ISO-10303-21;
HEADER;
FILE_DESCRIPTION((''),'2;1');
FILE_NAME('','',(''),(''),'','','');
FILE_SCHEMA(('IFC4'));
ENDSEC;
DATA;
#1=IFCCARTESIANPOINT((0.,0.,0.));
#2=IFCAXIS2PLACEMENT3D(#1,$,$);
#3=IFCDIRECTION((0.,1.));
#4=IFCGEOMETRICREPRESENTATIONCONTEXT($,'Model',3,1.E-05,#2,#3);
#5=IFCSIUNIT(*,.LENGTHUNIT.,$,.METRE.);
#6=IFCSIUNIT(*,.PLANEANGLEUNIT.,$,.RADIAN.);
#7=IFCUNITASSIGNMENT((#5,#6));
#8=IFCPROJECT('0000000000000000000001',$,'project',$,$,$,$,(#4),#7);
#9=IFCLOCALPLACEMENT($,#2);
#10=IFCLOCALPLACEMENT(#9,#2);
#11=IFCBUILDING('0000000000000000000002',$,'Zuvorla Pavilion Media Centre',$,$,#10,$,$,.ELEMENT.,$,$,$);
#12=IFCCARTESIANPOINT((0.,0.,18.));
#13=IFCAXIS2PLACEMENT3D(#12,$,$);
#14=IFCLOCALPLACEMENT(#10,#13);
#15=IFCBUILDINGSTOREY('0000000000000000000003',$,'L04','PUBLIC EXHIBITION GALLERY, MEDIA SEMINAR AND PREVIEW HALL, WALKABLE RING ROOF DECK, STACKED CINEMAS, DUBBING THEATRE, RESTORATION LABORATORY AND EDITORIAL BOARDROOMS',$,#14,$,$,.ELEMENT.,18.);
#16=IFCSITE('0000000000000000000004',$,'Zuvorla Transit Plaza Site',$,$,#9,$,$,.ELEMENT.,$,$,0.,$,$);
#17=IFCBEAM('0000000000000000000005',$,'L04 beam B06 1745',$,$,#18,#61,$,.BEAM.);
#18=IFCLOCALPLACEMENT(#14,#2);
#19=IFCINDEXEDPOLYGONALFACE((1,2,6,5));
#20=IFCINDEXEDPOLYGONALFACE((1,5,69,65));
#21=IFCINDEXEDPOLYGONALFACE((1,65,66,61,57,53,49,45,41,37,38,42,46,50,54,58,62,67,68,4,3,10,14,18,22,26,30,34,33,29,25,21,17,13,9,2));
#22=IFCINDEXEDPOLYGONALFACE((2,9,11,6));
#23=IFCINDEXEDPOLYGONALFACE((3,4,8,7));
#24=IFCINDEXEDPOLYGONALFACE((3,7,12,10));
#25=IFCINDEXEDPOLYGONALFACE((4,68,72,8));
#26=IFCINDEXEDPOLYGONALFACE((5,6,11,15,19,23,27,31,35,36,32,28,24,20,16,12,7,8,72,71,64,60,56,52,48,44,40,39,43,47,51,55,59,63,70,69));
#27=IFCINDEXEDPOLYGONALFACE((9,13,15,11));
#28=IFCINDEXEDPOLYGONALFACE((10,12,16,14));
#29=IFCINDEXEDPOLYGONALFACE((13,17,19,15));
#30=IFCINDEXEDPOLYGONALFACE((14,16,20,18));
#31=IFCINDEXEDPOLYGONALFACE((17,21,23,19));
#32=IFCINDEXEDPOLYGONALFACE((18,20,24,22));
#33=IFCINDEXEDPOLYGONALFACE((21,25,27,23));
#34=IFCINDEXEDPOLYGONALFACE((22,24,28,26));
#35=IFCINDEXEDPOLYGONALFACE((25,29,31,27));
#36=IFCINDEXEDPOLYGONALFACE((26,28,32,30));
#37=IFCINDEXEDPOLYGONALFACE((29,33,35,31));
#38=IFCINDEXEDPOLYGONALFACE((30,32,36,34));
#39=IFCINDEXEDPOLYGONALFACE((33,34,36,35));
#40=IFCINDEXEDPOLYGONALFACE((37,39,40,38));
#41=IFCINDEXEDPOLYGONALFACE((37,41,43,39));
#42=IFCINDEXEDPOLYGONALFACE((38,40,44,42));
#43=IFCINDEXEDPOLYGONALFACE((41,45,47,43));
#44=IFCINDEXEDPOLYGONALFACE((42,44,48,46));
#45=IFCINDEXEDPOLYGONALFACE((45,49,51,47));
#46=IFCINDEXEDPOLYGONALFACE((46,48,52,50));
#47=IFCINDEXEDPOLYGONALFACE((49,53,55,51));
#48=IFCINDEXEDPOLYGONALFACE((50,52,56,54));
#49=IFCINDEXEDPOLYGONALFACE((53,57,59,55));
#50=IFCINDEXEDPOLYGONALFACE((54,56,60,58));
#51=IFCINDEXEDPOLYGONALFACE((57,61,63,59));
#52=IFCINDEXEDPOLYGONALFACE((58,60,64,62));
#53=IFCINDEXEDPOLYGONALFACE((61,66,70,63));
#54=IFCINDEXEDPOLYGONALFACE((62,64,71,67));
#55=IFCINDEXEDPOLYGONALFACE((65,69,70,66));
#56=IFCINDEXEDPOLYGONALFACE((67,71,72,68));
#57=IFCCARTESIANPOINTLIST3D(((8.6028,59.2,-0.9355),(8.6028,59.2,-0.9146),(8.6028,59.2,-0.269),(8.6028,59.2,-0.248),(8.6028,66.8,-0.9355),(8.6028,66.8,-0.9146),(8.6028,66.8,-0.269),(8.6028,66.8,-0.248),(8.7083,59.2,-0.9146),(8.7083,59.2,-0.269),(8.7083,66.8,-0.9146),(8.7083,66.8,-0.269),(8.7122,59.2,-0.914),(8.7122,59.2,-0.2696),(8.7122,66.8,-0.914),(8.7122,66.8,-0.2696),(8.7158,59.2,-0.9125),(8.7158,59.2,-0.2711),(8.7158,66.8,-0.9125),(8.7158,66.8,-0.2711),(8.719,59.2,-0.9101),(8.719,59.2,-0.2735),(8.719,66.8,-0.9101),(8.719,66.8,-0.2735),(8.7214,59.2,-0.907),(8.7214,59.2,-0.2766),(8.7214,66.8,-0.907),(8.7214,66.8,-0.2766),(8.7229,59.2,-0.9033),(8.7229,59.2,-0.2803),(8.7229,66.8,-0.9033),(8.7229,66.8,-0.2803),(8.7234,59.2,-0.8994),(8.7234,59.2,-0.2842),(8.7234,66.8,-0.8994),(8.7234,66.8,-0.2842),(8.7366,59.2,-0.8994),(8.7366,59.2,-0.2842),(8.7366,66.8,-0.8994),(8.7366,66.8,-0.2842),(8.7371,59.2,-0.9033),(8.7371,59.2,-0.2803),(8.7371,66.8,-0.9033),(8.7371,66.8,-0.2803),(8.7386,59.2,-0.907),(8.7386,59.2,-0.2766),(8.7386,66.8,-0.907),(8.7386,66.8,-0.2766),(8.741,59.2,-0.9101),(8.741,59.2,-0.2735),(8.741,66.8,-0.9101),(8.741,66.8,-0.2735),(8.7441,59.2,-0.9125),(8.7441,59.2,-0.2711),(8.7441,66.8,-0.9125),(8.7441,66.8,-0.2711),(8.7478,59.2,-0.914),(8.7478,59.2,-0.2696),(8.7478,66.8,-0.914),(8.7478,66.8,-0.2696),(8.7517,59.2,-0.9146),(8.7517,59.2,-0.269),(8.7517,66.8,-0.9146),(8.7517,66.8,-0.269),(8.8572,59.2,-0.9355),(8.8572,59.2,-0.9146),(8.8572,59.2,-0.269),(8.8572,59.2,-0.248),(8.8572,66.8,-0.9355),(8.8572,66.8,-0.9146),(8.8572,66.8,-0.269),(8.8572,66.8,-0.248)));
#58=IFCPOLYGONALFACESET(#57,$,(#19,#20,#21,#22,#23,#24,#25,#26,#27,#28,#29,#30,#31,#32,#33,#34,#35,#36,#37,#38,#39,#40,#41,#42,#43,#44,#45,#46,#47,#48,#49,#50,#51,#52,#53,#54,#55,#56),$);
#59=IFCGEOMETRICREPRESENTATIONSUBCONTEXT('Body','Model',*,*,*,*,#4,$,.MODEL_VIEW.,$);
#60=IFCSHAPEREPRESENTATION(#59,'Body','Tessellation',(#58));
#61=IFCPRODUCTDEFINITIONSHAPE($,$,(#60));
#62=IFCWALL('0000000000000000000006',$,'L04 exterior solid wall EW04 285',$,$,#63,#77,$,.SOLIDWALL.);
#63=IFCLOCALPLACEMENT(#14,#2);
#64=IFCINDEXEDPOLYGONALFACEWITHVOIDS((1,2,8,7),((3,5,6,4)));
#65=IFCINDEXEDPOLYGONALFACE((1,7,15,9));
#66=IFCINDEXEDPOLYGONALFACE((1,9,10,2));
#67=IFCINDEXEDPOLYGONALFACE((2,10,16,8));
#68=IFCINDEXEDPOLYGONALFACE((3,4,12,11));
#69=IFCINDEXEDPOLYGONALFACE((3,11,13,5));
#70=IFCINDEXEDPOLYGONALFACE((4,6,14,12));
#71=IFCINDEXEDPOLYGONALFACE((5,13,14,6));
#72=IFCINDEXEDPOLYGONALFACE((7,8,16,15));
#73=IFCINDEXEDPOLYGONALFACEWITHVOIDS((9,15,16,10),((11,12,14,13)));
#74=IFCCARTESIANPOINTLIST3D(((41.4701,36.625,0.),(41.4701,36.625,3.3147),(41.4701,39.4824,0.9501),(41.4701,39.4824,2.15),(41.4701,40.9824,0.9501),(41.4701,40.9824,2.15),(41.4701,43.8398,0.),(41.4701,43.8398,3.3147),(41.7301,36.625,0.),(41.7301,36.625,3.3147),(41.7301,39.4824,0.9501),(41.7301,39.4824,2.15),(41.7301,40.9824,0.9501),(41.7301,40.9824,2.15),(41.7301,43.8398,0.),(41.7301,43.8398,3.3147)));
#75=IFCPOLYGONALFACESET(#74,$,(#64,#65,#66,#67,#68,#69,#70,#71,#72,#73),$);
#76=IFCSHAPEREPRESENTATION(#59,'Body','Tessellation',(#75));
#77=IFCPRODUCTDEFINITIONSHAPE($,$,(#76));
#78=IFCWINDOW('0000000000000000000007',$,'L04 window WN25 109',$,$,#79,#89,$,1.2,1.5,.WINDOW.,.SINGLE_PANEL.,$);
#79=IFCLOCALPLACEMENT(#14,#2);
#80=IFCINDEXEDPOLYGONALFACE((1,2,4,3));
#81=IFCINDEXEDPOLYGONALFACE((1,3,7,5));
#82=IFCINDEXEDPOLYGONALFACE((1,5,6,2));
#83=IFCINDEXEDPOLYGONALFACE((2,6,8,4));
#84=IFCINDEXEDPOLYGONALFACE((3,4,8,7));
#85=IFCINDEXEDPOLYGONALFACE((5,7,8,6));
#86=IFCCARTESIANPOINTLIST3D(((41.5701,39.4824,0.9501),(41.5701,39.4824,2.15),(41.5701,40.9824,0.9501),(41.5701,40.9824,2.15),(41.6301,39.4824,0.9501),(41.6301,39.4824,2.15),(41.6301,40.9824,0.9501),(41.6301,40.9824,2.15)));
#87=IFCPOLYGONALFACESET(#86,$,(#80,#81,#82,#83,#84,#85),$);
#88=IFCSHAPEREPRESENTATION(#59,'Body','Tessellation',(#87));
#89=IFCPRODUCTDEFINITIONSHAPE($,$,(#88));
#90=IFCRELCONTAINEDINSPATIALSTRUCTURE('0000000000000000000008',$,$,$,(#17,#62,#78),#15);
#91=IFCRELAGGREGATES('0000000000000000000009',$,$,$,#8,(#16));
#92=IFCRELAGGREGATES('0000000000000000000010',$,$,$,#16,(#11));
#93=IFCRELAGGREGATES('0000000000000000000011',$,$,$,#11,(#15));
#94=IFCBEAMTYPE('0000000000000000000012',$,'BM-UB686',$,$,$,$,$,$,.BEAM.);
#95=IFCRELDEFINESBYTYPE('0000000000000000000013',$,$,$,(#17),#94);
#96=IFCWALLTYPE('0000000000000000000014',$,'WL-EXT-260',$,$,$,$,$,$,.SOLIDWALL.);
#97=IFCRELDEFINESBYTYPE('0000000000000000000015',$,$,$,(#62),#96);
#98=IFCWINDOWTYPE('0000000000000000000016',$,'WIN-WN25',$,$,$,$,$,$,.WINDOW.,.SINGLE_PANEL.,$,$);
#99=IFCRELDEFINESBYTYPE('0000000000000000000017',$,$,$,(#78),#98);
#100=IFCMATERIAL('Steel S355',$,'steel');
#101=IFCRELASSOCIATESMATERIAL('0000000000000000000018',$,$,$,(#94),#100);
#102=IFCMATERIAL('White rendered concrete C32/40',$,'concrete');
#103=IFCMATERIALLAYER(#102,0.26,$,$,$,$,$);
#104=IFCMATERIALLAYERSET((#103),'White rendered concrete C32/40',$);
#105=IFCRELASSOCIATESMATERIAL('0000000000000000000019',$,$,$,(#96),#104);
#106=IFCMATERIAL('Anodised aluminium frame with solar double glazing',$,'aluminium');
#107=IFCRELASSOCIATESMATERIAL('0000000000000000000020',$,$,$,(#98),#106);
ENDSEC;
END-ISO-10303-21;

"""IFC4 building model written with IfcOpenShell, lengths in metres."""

from ifc_helpers import new_model, si_unit, direction, frame, frame_2d, origin, origin_2d, place, context, subcontext, project, spatial, rectangle, i_section, extrude, material, layer, layer_set, material_profile, profile_set, type_object, element, fill, save


model = new_model("IFC4")

# Units and contexts
model_context = context("Model", 3, precision=1e-05, world=origin(), true_north=direction((0.0, 1.0)))
body_context = subcontext(model_context, "Body", "Model", "MODEL_VIEW")
ifc_project = project(units=[si_unit("LENGTHUNIT", "METRE"), si_unit("PLANEANGLEUNIT", "RADIAN")], contexts=[model_context])

# Site, building, storey
site_placement = place(None, origin())
site = spatial("IfcSite", under=ifc_project, at=site_placement, Name="Zuvorla Transit Plaza Site", CompositionType="ELEMENT", RefElevation=0.0)
building_placement = place(site_placement, origin())
building = spatial("IfcBuilding", under=site, at=building_placement, Name="Zuvorla Pavilion Media Centre", CompositionType="ELEMENT")
storey_placement = place(building_placement, frame((0.0, 0.0, 18.0)))
storey = spatial("IfcBuildingStorey", under=building, at=storey_placement, Name="L04", Description="PUBLIC EXHIBITION GALLERY, MEDIA SEMINAR AND PREVIEW HALL, WALKABLE RING ROOF DECK, STACKED CINEMAS, DUBBING THEATRE, RESTORATION LABORATORY AND EDITORIAL BOARDROOMS", CompositionType="ELEMENT", Elevation=18.0)

# Shared definitions
ifc_material_1 = material(Name="Steel S355", Category="steel")

# Beam
ifc_material_profile_1 = material_profile(ifc_material_1, i_section(OverallWidth=0.2544, OverallDepth=0.6875, WebThickness=0.0132, FlangeThickness=0.021, FilletRadius=0.0151, at=origin_2d()), Name="UB 686x254x152")
ifc_profile_set_1 = profile_set([ifc_material_profile_1], Name="Steel S355")
beam_type_1 = type_object("IfcBeamType", Name="BM-UB686", PredefinedType="BEAM", material=ifc_profile_set_1)
for number, where, z_axis, x_axis, name in (
    (1, (8.73, 59.2, -0.5918), (0.0, 1.0, 0.0), (-1.0, 0.0, 0.0), "L04 beam B06 1745"),
):
    element("IfcBeam", number, at=place(storey_placement, frame(where, z_axis=z_axis, x_axis=x_axis)), inside=storey, type_object=beam_type_1, Name=name, PredefinedType="BEAM", context=body_context, shape_type="SweptSolid", body=[
        extrude(i_section(OverallWidth=0.2544, OverallDepth=0.6875, WebThickness=0.0132, FlangeThickness=0.021, FilletRadius=0.0151, at=origin_2d()), origin(), (0.0, 0.0, 1.0), 7.6001),
    ])

# Wall, opening, window
ifc_material_2 = material(Name="White rendered concrete C32/40", Category="concrete")
ifc_layer = layer(ifc_material_2, 0.26)
ifc_layer_set = layer_set([ifc_layer], Name="White rendered concrete C32/40")
wall_type = type_object("IfcWallType", Name="WL-EXT-260", PredefinedType="SOLIDWALL", material=ifc_layer_set)
wall_placement = place(storey_placement, frame((41.6001, 43.8398, 0.0), z_axis=(0.0, 0.0, 1.0), x_axis=(0.0, -1.0, 0.0)))
wall = element("IfcWall", 2, at=wall_placement, inside=storey, type_object=wall_type, Name="L04 exterior solid wall EW04 285", PredefinedType="SOLIDWALL", context=body_context, shape_type="SweptSolid", body=[
    extrude(rectangle(XDim=7.2148, YDim=0.26, at=frame_2d((3.6074, 0.0))), origin(), (0.0, 0.0, 1.0), 3.3147),
])
opening_placement = place(wall_placement, frame((2.8574, 0.0, 0.95)))
opening = element("IfcOpeningElement", 3, at=opening_placement, cuts=wall, PredefinedType="OPENING", context=body_context, shape_type="SweptSolid", body=[
    extrude(rectangle(XDim=1.5, YDim=1.2, at=frame_2d((0.75, 0.6001))), frame((0.0, 0.1399, 0.0), z_axis=(0.0, -1.0, 0.0), x_axis=(1.0, 0.0, 0.0)), (0.0, 0.0, 1.0), 0.28),
])
ifc_material_3 = material(Name="Anodised aluminium frame with solar double glazing", Category="aluminium")
window_type = type_object("IfcWindowType", Name="WIN-WN25", PartitioningType="SINGLE_PANEL", PredefinedType="WINDOW", material=ifc_material_3)
window_placement = place(opening_placement, origin())
window = element("IfcWindow", 4, at=window_placement, inside=storey, type_object=window_type, Name="L04 window WN25 109", OverallHeight=1.2, OverallWidth=1.5, PartitioningType="SINGLE_PANEL", PredefinedType="WINDOW", context=body_context, shape_type="SweptSolid", body=[
    extrude(rectangle(XDim=1.5, YDim=1.2, at=frame_2d((0.75, 0.6001))), frame((0.0, 0.03, 0.0), z_axis=(0.0, -1.0, 0.0), x_axis=(1.0, 0.0, 0.0)), (0.0, 0.0, 1.0), 0.0601),
])
fill(opening, window)

save(model, "model.ifc")
